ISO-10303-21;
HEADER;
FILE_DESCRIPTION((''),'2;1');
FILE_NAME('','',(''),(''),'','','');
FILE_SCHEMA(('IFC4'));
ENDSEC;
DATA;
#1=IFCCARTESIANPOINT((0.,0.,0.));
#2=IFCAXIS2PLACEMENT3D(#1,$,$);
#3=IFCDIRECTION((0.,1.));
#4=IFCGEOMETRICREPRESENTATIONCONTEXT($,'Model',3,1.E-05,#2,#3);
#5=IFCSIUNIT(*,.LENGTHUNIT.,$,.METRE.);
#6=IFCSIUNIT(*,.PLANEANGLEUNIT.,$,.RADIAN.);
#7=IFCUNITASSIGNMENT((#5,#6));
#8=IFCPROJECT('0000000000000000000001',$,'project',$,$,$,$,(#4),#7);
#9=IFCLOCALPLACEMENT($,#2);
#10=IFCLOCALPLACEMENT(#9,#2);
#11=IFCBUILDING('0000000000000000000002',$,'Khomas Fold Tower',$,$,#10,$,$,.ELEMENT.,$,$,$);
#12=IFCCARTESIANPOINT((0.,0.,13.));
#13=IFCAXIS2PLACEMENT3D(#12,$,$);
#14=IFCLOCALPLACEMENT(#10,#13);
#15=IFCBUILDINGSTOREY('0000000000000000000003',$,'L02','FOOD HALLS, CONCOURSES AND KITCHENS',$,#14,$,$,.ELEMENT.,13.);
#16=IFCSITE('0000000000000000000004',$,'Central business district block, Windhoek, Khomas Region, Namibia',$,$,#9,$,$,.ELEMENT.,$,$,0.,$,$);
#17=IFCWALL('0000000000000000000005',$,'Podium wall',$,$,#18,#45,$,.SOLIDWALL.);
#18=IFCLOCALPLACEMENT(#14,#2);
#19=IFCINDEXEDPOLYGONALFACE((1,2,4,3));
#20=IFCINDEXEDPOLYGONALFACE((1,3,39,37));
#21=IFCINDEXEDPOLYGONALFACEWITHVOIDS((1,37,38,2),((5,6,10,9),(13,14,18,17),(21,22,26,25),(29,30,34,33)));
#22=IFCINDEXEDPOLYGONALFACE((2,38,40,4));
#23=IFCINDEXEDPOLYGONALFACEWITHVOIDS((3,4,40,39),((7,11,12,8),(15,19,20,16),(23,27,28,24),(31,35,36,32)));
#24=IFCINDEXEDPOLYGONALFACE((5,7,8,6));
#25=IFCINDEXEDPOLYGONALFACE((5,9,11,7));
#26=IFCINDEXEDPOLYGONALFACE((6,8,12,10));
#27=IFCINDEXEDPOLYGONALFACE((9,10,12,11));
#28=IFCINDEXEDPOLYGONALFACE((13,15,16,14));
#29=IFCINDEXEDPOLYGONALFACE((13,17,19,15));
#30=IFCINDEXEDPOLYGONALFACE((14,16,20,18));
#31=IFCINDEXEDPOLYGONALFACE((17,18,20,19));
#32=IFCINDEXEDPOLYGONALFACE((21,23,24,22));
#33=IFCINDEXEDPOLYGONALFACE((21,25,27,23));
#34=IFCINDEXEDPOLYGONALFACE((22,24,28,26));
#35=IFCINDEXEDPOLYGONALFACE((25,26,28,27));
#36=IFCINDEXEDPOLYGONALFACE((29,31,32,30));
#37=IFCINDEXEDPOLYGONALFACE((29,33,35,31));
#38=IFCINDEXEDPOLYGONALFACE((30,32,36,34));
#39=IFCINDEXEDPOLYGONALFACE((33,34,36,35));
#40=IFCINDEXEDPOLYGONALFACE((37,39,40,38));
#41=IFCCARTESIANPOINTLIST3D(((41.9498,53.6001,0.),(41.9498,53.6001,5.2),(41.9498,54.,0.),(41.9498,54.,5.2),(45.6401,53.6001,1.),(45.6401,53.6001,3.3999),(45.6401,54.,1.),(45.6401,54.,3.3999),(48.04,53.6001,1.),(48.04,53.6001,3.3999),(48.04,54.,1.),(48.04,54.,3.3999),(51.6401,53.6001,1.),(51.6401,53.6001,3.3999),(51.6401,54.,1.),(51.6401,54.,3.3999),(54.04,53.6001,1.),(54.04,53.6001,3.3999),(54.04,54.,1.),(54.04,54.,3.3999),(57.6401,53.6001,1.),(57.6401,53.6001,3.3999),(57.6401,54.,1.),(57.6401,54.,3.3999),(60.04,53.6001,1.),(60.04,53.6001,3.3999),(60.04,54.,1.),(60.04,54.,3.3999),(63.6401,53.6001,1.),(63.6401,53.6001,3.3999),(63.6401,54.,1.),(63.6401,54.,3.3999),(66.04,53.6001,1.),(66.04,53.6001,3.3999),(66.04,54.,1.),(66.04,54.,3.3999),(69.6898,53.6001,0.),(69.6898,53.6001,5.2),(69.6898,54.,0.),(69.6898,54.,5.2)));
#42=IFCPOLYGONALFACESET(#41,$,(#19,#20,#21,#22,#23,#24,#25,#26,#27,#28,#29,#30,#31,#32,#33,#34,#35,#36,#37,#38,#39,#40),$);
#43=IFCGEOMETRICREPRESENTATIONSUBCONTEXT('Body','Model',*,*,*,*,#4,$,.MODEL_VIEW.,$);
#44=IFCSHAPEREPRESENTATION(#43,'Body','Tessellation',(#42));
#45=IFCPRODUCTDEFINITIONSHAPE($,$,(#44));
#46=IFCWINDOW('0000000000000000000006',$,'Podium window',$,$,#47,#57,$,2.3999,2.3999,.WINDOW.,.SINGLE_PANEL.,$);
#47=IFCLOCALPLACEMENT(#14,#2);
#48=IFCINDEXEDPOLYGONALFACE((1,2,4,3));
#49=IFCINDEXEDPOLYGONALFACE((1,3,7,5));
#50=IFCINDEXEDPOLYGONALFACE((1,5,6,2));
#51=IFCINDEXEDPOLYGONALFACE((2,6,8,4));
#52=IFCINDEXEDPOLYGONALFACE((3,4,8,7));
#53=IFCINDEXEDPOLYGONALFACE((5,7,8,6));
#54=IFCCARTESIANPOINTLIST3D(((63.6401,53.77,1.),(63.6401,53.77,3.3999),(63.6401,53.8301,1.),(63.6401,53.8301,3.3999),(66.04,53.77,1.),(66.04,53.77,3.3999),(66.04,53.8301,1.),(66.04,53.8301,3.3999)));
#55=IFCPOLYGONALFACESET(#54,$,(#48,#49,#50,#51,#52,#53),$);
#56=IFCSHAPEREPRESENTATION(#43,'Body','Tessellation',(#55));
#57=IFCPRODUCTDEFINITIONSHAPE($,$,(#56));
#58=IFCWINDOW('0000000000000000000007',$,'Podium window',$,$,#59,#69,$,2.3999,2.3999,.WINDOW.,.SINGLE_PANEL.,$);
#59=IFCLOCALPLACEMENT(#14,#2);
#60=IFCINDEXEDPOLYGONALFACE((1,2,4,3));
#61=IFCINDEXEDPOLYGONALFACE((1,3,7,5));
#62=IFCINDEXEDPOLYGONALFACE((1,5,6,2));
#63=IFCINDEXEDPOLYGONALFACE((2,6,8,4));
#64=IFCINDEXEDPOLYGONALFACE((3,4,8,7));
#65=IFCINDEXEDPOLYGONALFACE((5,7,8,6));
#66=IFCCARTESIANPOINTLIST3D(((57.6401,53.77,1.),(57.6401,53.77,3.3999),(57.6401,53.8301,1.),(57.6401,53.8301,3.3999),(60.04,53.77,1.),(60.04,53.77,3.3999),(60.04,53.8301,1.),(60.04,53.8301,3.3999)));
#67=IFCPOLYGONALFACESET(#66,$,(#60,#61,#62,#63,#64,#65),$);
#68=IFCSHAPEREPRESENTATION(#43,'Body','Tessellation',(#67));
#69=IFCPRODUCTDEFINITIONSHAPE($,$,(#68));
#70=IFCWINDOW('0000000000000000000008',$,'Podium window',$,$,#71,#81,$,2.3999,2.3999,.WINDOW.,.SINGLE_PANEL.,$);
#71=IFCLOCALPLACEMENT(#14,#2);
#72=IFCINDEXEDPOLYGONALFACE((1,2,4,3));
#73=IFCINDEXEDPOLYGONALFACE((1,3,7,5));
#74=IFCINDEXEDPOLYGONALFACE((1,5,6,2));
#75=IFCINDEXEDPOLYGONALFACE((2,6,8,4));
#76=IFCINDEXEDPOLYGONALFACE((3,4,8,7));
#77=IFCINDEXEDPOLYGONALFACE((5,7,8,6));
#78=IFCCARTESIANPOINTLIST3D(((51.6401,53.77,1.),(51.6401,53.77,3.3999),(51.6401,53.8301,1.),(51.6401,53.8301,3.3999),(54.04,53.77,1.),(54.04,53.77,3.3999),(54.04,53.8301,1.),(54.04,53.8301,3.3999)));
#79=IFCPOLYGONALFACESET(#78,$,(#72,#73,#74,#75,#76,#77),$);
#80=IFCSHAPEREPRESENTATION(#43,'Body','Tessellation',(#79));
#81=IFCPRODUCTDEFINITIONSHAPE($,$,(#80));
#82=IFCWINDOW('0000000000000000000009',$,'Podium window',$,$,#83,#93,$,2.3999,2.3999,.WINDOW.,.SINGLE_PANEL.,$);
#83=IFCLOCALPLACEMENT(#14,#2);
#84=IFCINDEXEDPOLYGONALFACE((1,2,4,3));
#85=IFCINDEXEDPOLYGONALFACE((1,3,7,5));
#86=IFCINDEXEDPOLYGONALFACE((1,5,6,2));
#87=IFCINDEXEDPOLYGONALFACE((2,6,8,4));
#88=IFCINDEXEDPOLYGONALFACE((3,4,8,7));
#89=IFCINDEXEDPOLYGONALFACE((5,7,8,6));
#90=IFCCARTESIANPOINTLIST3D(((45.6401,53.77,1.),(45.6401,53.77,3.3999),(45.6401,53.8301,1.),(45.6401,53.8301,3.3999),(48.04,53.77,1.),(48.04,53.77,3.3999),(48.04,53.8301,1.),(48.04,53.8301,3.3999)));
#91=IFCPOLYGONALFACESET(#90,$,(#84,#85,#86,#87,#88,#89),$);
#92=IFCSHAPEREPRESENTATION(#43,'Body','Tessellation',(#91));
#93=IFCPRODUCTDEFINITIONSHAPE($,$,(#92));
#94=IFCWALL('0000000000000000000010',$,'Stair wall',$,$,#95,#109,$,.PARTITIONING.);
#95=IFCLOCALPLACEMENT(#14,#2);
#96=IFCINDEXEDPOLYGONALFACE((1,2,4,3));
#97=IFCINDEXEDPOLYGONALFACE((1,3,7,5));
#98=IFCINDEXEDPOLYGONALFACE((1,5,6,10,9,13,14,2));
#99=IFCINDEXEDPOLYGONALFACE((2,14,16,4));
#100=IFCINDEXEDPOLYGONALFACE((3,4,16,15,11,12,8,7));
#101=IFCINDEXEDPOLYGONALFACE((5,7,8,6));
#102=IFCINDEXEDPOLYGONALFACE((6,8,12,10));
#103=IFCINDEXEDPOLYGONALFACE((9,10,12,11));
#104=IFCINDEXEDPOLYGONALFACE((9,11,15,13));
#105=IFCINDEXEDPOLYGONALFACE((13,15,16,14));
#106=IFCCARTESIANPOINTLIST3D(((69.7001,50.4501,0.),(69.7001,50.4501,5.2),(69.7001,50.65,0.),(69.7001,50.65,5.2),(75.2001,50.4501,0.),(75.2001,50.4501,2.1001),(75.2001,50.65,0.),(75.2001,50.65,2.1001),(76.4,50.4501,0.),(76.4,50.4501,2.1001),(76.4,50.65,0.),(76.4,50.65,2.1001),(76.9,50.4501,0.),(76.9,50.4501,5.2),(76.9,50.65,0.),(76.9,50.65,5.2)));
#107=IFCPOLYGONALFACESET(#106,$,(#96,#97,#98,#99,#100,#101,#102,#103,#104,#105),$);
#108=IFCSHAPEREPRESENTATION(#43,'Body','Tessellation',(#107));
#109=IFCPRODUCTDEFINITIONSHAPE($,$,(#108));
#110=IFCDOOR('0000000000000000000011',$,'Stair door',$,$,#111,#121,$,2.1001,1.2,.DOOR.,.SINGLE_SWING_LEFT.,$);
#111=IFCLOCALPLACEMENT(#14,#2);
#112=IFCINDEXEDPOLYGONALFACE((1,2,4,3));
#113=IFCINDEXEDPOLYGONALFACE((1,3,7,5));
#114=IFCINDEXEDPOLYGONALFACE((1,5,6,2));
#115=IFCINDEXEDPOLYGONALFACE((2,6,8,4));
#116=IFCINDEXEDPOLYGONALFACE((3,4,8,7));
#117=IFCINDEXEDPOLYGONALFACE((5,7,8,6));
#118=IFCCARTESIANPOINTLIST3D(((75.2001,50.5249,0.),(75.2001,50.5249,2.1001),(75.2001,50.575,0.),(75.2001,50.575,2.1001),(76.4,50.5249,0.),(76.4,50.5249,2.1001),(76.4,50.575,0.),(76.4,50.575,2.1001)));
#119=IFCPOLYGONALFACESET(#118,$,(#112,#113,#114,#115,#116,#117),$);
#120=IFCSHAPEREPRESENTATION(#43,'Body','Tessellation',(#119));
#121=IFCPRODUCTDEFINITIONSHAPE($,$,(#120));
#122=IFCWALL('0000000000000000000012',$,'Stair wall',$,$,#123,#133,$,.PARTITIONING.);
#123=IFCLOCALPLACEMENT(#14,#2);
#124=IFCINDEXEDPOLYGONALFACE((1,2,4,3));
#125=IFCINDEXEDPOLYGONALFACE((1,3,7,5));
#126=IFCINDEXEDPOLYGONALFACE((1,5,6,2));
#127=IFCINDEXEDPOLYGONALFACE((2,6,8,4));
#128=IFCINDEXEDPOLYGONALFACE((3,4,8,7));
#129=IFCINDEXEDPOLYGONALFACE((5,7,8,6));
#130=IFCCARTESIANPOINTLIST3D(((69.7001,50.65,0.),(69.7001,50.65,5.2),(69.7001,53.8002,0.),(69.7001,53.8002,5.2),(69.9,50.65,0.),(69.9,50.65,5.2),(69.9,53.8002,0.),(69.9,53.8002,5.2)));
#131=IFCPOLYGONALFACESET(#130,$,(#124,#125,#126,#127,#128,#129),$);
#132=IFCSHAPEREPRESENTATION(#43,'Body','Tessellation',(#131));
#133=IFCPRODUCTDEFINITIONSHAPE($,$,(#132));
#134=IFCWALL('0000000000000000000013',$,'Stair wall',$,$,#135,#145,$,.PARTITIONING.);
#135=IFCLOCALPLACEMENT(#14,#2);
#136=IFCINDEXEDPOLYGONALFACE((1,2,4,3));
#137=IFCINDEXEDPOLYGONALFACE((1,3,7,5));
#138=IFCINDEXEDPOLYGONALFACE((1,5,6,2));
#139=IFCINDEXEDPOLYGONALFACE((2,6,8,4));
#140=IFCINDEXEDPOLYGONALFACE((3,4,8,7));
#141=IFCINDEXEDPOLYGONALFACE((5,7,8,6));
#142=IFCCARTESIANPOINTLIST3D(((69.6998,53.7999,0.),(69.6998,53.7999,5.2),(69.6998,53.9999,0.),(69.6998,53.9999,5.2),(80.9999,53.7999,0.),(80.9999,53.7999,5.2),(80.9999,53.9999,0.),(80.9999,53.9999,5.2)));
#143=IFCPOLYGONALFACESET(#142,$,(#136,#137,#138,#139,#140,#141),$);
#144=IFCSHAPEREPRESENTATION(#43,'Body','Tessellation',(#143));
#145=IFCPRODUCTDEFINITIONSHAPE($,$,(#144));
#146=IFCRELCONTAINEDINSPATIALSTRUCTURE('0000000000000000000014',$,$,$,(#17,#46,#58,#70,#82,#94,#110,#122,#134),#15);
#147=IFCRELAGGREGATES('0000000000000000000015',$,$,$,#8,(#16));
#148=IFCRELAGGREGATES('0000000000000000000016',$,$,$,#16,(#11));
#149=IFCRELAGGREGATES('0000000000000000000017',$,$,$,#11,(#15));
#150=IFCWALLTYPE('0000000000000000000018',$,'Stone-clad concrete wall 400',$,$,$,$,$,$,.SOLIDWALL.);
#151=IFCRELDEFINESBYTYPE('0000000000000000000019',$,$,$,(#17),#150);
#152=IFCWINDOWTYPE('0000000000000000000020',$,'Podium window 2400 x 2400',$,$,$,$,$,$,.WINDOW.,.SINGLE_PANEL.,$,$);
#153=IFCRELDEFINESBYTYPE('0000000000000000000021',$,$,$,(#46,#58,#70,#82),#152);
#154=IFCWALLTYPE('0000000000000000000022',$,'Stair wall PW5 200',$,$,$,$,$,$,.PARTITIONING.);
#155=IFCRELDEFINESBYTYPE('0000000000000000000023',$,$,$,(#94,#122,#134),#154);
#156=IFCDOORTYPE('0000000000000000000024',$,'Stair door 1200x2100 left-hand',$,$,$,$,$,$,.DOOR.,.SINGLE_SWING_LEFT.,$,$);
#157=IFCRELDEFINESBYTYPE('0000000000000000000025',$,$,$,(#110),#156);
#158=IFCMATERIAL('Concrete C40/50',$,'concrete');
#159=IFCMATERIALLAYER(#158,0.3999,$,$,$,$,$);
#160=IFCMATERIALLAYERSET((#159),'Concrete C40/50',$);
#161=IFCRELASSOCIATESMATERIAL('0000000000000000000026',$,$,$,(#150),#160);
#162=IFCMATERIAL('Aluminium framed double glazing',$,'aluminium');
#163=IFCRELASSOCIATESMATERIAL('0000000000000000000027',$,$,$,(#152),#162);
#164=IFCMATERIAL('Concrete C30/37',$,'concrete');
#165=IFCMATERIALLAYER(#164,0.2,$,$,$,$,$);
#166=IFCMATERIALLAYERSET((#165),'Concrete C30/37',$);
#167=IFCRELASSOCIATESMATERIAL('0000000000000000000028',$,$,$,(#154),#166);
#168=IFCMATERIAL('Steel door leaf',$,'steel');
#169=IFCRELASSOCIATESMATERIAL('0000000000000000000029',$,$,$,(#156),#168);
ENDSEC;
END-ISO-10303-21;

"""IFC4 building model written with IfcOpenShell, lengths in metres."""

from ifc_helpers import new_model, si_unit, direction, frame, frame_2d, origin, place, context, subcontext, project, spatial, rectangle, extrude, source, transform, mapped, material, layer, layer_set, type_object, element, fill, save


model = new_model("IFC4")

# Units and contexts
model_context = context("Model", 3, precision=1e-05, world=origin(), true_north=direction((0.0, 1.0)))
body_context = subcontext(model_context, "Body", "Model", "MODEL_VIEW")
ifc_project = project(units=[si_unit("LENGTHUNIT", "METRE"), si_unit("PLANEANGLEUNIT", "RADIAN")], contexts=[model_context])

# Site, building, storey
site_placement = place(None, origin())
site = spatial("IfcSite", under=ifc_project, at=site_placement, Name="Central business district block, Windhoek, Khomas Region, Namibia", CompositionType="ELEMENT", RefElevation=0.0)
building_placement = place(site_placement, origin())
building = spatial("IfcBuilding", under=site, at=building_placement, Name="Khomas Fold Tower", CompositionType="ELEMENT")
storey_placement = place(building_placement, frame((0.0, 0.0, 13.0)))
storey = spatial("IfcBuildingStorey", under=building, at=storey_placement, Name="L02", Description="FOOD HALLS, CONCOURSES AND KITCHENS", CompositionType="ELEMENT", Elevation=13.0)

# Wall, openings, windows
ifc_material_1 = material(Name="Concrete C40/50", Category="concrete")
ifc_layer_1 = layer(ifc_material_1, 0.3999)
ifc_layer_set_1 = layer_set([ifc_layer_1], Name="Concrete C40/50")
wall_type_1 = type_object("IfcWallType", Name="Stone-clad concrete wall 400", PredefinedType="SOLIDWALL", material=ifc_layer_set_1)
shared_shape_1 = source(origin(), body_context, "Body", "SweptSolid", [
    extrude(rectangle(XDim=27.74, YDim=0.3999, at=frame_2d((13.8701, 0.0))), origin(), (0.0, 0.0, 1.0), 5.2),
])
wall_1_placement = place(storey_placement, frame((69.6899, 53.8, 0.0), z_axis=(0.0, 0.0, 1.0), x_axis=(-1.0, 0.0, 0.0)))
wall_1 = element("IfcWall", 1, at=wall_1_placement, inside=storey, type_object=wall_type_1, Name="Podium wall", PredefinedType="SOLIDWALL", context=body_context, shape_type="MappedRepresentation", body=[
    mapped(shared_shape_1, transform((0.0, 0.0, 0.0))),
])
shared_shape_2 = source(origin(), body_context, "Body", "SweptSolid", [
    extrude(rectangle(XDim=2.3999, YDim=2.3999, at=frame_2d((1.2, 1.2))), frame((0.0, 0.21, 0.0), z_axis=(0.0, -1.0, 0.0), x_axis=(1.0, 0.0, 0.0)), (0.0, 0.0, 1.0), 0.4199),
])
opening_1_placement = place(wall_1_placement, frame((3.6499, 0.0, 1.0)))
opening_1 = element("IfcOpeningElement", 2, at=opening_1_placement, cuts=wall_1, PredefinedType="OPENING", context=body_context, shape_type="MappedRepresentation", body=[
    mapped(shared_shape_2, transform((0.0, 0.0, 0.0))),
])
opening_2_placement = place(wall_1_placement, frame((9.6499, 0.0, 1.0)))
opening_2 = element("IfcOpeningElement", 3, at=opening_2_placement, cuts=wall_1, PredefinedType="OPENING", context=body_context, shape_type="MappedRepresentation", body=[
    mapped(shared_shape_2, transform((0.0, 0.0, 0.0))),
])
opening_3_placement = place(wall_1_placement, frame((15.6499, 0.0, 1.0)))
opening_3 = element("IfcOpeningElement", 4, at=opening_3_placement, cuts=wall_1, PredefinedType="OPENING", context=body_context, shape_type="MappedRepresentation", body=[
    mapped(shared_shape_2, transform((0.0, 0.0, 0.0))),
])
opening_4_placement = place(wall_1_placement, frame((21.6499, 0.0, 1.0)))
opening_4 = element("IfcOpeningElement", 5, at=opening_4_placement, cuts=wall_1, PredefinedType="OPENING", context=body_context, shape_type="MappedRepresentation", body=[
    mapped(shared_shape_2, transform((0.0, 0.0, 0.0))),
])
ifc_material_2 = material(Name="Aluminium framed double glazing", Category="aluminium")
window_type = type_object("IfcWindowType", Name="Podium window 2400 x 2400", PartitioningType="SINGLE_PANEL", PredefinedType="WINDOW", material=ifc_material_2)
shared_shape_3 = source(origin(), body_context, "Body", "SweptSolid", [
    extrude(rectangle(XDim=2.3999, YDim=2.3999, at=frame_2d((1.2, 1.2))), frame((0.0, 0.03, 0.0), z_axis=(0.0, -1.0, 0.0), x_axis=(1.0, 0.0, 0.0)), (0.0, 0.0, 1.0), 0.0601),
])
window_1_placement = place(opening_1_placement, origin())
window_1 = element("IfcWindow", 6, at=window_1_placement, inside=storey, type_object=window_type, Name="Podium window", OverallHeight=2.3999, OverallWidth=2.3999, PartitioningType="SINGLE_PANEL", PredefinedType="WINDOW", context=body_context, shape_type="MappedRepresentation", body=[
    mapped(shared_shape_3, transform((0.0, 0.0, 0.0))),
])
fill(opening_1, window_1)
window_2_placement = place(opening_2_placement, origin())
window_2 = element("IfcWindow", 7, at=window_2_placement, inside=storey, type_object=window_type, Name="Podium window", OverallHeight=2.3999, OverallWidth=2.3999, PartitioningType="SINGLE_PANEL", PredefinedType="WINDOW", context=body_context, shape_type="MappedRepresentation", body=[
    mapped(shared_shape_3, transform((0.0, 0.0, 0.0))),
])
fill(opening_2, window_2)
window_3_placement = place(opening_3_placement, origin())
window_3 = element("IfcWindow", 8, at=window_3_placement, inside=storey, type_object=window_type, Name="Podium window", OverallHeight=2.3999, OverallWidth=2.3999, PartitioningType="SINGLE_PANEL", PredefinedType="WINDOW", context=body_context, shape_type="MappedRepresentation", body=[
    mapped(shared_shape_3, transform((0.0, 0.0, 0.0))),
])
fill(opening_3, window_3)
window_4_placement = place(opening_4_placement, origin())
window_4 = element("IfcWindow", 9, at=window_4_placement, inside=storey, type_object=window_type, Name="Podium window", OverallHeight=2.3999, OverallWidth=2.3999, PartitioningType="SINGLE_PANEL", PredefinedType="WINDOW", context=body_context, shape_type="MappedRepresentation", body=[
    mapped(shared_shape_3, transform((0.0, 0.0, 0.0))),
])
fill(opening_4, window_4)

# Wall, opening, door
ifc_material_3 = material(Name="Concrete C30/37", Category="concrete")
ifc_layer_2 = layer(ifc_material_3, 0.2)
ifc_layer_set_2 = layer_set([ifc_layer_2], Name="Concrete C30/37")
wall_type_2 = type_object("IfcWallType", Name="Stair wall PW5 200", PredefinedType="PARTITIONING", material=ifc_layer_set_2)
shared_shape_4 = source(origin(), body_context, "Body", "SweptSolid", [
    extrude(rectangle(XDim=7.2, YDim=0.2, at=frame_2d((3.6001, 0.0))), origin(), (0.0, 0.0, 1.0), 5.2),
])
wall_2_placement = place(storey_placement, frame((69.7, 50.55, 0.0), z_axis=(0.0, 0.0, 1.0), x_axis=(1.0, 0.0, 0.0)))
wall_2 = element("IfcWall", 10, at=wall_2_placement, inside=storey, type_object=wall_type_2, Name="Stair wall", PredefinedType="PARTITIONING", context=body_context, shape_type="MappedRepresentation", body=[
    mapped(shared_shape_4, transform((0.0, 0.0, 0.0))),
])
shared_shape_5 = source(origin(), body_context, "Body", "SweptSolid", [
    extrude(rectangle(XDim=1.2, YDim=2.1001, at=frame_2d((0.6001, 1.05))), frame((0.0, 0.1099, 0.0), z_axis=(0.0, -1.0, 0.0), x_axis=(1.0, 0.0, 0.0)), (0.0, 0.0, 1.0), 0.22),
])
opening_5_placement = place(wall_2_placement, frame((5.5, 0.0, 0.0)))
opening_5 = element("IfcOpeningElement", 11, at=opening_5_placement, cuts=wall_2, PredefinedType="OPENING", context=body_context, shape_type="MappedRepresentation", body=[
    mapped(shared_shape_5, transform((0.0, 0.0, 0.0))),
])
ifc_material_4 = material(Name="Steel door leaf", Category="steel")
door_type_1 = type_object("IfcDoorType", Name="Stair door 1200x2100 left-hand", OperationType="SINGLE_SWING_LEFT", PredefinedType="DOOR", material=ifc_material_4)
shared_shape_6 = source(origin(), body_context, "Body", "SweptSolid", [
    extrude(rectangle(XDim=1.2, YDim=2.1001, at=frame_2d((0.6001, 1.05))), frame((0.0, 0.0249, 0.0), z_axis=(0.0, -1.0, 0.0), x_axis=(1.0, 0.0, 0.0)), (0.0, 0.0, 1.0), 0.05),
])
door_1_placement = place(opening_5_placement, origin())
door_1 = element("IfcDoor", 12, at=door_1_placement, inside=storey, type_object=door_type_1, Name="Stair door", OperationType="SINGLE_SWING_LEFT", OverallHeight=2.1001, OverallWidth=1.2, PredefinedType="DOOR", context=body_context, shape_type="MappedRepresentation", body=[
    mapped(shared_shape_6, transform((0.0, 0.0, 0.0))),
])
fill(opening_5, door_1)

# Walls
shared_shape_7 = source(origin(), body_context, "Body", "SweptSolid", [
    extrude(rectangle(XDim=3.1501, YDim=0.2, at=frame_2d((1.5752, 0.0))), origin(), (0.0, 0.0, 1.0), 5.2),
])
wall_3_placement = place(storey_placement, frame((69.8, 50.6499, 0.0), z_axis=(0.0, 0.0, 1.0), x_axis=(0.0, 1.0, 0.0)))
element("IfcWall", 13, at=wall_3_placement, inside=storey, type_object=wall_type_2, Name="Stair wall", PredefinedType="PARTITIONING", context=body_context, shape_type="MappedRepresentation", body=[
    mapped(shared_shape_7, transform((0.0, 0.0, 0.0))),
])
shared_shape_8 = source(origin(), body_context, "Body", "SweptSolid", [
    extrude(rectangle(XDim=11.3, YDim=0.2, at=frame_2d((5.6499, 0.0))), origin(), (0.0, 0.0, 1.0), 5.2),
])
wall_4_placement = place(storey_placement, frame((69.7, 53.8999, 0.0), z_axis=(0.0, 0.0, 1.0), x_axis=(1.0, 0.0, 0.0)))
element("IfcWall", 14, at=wall_4_placement, inside=storey, type_object=wall_type_2, Name="Stair wall", PredefinedType="PARTITIONING", context=body_context, shape_type="MappedRepresentation", body=[
    mapped(shared_shape_8, transform((0.0, 0.0, 0.0))),
])

save(model, "model.ifc")
